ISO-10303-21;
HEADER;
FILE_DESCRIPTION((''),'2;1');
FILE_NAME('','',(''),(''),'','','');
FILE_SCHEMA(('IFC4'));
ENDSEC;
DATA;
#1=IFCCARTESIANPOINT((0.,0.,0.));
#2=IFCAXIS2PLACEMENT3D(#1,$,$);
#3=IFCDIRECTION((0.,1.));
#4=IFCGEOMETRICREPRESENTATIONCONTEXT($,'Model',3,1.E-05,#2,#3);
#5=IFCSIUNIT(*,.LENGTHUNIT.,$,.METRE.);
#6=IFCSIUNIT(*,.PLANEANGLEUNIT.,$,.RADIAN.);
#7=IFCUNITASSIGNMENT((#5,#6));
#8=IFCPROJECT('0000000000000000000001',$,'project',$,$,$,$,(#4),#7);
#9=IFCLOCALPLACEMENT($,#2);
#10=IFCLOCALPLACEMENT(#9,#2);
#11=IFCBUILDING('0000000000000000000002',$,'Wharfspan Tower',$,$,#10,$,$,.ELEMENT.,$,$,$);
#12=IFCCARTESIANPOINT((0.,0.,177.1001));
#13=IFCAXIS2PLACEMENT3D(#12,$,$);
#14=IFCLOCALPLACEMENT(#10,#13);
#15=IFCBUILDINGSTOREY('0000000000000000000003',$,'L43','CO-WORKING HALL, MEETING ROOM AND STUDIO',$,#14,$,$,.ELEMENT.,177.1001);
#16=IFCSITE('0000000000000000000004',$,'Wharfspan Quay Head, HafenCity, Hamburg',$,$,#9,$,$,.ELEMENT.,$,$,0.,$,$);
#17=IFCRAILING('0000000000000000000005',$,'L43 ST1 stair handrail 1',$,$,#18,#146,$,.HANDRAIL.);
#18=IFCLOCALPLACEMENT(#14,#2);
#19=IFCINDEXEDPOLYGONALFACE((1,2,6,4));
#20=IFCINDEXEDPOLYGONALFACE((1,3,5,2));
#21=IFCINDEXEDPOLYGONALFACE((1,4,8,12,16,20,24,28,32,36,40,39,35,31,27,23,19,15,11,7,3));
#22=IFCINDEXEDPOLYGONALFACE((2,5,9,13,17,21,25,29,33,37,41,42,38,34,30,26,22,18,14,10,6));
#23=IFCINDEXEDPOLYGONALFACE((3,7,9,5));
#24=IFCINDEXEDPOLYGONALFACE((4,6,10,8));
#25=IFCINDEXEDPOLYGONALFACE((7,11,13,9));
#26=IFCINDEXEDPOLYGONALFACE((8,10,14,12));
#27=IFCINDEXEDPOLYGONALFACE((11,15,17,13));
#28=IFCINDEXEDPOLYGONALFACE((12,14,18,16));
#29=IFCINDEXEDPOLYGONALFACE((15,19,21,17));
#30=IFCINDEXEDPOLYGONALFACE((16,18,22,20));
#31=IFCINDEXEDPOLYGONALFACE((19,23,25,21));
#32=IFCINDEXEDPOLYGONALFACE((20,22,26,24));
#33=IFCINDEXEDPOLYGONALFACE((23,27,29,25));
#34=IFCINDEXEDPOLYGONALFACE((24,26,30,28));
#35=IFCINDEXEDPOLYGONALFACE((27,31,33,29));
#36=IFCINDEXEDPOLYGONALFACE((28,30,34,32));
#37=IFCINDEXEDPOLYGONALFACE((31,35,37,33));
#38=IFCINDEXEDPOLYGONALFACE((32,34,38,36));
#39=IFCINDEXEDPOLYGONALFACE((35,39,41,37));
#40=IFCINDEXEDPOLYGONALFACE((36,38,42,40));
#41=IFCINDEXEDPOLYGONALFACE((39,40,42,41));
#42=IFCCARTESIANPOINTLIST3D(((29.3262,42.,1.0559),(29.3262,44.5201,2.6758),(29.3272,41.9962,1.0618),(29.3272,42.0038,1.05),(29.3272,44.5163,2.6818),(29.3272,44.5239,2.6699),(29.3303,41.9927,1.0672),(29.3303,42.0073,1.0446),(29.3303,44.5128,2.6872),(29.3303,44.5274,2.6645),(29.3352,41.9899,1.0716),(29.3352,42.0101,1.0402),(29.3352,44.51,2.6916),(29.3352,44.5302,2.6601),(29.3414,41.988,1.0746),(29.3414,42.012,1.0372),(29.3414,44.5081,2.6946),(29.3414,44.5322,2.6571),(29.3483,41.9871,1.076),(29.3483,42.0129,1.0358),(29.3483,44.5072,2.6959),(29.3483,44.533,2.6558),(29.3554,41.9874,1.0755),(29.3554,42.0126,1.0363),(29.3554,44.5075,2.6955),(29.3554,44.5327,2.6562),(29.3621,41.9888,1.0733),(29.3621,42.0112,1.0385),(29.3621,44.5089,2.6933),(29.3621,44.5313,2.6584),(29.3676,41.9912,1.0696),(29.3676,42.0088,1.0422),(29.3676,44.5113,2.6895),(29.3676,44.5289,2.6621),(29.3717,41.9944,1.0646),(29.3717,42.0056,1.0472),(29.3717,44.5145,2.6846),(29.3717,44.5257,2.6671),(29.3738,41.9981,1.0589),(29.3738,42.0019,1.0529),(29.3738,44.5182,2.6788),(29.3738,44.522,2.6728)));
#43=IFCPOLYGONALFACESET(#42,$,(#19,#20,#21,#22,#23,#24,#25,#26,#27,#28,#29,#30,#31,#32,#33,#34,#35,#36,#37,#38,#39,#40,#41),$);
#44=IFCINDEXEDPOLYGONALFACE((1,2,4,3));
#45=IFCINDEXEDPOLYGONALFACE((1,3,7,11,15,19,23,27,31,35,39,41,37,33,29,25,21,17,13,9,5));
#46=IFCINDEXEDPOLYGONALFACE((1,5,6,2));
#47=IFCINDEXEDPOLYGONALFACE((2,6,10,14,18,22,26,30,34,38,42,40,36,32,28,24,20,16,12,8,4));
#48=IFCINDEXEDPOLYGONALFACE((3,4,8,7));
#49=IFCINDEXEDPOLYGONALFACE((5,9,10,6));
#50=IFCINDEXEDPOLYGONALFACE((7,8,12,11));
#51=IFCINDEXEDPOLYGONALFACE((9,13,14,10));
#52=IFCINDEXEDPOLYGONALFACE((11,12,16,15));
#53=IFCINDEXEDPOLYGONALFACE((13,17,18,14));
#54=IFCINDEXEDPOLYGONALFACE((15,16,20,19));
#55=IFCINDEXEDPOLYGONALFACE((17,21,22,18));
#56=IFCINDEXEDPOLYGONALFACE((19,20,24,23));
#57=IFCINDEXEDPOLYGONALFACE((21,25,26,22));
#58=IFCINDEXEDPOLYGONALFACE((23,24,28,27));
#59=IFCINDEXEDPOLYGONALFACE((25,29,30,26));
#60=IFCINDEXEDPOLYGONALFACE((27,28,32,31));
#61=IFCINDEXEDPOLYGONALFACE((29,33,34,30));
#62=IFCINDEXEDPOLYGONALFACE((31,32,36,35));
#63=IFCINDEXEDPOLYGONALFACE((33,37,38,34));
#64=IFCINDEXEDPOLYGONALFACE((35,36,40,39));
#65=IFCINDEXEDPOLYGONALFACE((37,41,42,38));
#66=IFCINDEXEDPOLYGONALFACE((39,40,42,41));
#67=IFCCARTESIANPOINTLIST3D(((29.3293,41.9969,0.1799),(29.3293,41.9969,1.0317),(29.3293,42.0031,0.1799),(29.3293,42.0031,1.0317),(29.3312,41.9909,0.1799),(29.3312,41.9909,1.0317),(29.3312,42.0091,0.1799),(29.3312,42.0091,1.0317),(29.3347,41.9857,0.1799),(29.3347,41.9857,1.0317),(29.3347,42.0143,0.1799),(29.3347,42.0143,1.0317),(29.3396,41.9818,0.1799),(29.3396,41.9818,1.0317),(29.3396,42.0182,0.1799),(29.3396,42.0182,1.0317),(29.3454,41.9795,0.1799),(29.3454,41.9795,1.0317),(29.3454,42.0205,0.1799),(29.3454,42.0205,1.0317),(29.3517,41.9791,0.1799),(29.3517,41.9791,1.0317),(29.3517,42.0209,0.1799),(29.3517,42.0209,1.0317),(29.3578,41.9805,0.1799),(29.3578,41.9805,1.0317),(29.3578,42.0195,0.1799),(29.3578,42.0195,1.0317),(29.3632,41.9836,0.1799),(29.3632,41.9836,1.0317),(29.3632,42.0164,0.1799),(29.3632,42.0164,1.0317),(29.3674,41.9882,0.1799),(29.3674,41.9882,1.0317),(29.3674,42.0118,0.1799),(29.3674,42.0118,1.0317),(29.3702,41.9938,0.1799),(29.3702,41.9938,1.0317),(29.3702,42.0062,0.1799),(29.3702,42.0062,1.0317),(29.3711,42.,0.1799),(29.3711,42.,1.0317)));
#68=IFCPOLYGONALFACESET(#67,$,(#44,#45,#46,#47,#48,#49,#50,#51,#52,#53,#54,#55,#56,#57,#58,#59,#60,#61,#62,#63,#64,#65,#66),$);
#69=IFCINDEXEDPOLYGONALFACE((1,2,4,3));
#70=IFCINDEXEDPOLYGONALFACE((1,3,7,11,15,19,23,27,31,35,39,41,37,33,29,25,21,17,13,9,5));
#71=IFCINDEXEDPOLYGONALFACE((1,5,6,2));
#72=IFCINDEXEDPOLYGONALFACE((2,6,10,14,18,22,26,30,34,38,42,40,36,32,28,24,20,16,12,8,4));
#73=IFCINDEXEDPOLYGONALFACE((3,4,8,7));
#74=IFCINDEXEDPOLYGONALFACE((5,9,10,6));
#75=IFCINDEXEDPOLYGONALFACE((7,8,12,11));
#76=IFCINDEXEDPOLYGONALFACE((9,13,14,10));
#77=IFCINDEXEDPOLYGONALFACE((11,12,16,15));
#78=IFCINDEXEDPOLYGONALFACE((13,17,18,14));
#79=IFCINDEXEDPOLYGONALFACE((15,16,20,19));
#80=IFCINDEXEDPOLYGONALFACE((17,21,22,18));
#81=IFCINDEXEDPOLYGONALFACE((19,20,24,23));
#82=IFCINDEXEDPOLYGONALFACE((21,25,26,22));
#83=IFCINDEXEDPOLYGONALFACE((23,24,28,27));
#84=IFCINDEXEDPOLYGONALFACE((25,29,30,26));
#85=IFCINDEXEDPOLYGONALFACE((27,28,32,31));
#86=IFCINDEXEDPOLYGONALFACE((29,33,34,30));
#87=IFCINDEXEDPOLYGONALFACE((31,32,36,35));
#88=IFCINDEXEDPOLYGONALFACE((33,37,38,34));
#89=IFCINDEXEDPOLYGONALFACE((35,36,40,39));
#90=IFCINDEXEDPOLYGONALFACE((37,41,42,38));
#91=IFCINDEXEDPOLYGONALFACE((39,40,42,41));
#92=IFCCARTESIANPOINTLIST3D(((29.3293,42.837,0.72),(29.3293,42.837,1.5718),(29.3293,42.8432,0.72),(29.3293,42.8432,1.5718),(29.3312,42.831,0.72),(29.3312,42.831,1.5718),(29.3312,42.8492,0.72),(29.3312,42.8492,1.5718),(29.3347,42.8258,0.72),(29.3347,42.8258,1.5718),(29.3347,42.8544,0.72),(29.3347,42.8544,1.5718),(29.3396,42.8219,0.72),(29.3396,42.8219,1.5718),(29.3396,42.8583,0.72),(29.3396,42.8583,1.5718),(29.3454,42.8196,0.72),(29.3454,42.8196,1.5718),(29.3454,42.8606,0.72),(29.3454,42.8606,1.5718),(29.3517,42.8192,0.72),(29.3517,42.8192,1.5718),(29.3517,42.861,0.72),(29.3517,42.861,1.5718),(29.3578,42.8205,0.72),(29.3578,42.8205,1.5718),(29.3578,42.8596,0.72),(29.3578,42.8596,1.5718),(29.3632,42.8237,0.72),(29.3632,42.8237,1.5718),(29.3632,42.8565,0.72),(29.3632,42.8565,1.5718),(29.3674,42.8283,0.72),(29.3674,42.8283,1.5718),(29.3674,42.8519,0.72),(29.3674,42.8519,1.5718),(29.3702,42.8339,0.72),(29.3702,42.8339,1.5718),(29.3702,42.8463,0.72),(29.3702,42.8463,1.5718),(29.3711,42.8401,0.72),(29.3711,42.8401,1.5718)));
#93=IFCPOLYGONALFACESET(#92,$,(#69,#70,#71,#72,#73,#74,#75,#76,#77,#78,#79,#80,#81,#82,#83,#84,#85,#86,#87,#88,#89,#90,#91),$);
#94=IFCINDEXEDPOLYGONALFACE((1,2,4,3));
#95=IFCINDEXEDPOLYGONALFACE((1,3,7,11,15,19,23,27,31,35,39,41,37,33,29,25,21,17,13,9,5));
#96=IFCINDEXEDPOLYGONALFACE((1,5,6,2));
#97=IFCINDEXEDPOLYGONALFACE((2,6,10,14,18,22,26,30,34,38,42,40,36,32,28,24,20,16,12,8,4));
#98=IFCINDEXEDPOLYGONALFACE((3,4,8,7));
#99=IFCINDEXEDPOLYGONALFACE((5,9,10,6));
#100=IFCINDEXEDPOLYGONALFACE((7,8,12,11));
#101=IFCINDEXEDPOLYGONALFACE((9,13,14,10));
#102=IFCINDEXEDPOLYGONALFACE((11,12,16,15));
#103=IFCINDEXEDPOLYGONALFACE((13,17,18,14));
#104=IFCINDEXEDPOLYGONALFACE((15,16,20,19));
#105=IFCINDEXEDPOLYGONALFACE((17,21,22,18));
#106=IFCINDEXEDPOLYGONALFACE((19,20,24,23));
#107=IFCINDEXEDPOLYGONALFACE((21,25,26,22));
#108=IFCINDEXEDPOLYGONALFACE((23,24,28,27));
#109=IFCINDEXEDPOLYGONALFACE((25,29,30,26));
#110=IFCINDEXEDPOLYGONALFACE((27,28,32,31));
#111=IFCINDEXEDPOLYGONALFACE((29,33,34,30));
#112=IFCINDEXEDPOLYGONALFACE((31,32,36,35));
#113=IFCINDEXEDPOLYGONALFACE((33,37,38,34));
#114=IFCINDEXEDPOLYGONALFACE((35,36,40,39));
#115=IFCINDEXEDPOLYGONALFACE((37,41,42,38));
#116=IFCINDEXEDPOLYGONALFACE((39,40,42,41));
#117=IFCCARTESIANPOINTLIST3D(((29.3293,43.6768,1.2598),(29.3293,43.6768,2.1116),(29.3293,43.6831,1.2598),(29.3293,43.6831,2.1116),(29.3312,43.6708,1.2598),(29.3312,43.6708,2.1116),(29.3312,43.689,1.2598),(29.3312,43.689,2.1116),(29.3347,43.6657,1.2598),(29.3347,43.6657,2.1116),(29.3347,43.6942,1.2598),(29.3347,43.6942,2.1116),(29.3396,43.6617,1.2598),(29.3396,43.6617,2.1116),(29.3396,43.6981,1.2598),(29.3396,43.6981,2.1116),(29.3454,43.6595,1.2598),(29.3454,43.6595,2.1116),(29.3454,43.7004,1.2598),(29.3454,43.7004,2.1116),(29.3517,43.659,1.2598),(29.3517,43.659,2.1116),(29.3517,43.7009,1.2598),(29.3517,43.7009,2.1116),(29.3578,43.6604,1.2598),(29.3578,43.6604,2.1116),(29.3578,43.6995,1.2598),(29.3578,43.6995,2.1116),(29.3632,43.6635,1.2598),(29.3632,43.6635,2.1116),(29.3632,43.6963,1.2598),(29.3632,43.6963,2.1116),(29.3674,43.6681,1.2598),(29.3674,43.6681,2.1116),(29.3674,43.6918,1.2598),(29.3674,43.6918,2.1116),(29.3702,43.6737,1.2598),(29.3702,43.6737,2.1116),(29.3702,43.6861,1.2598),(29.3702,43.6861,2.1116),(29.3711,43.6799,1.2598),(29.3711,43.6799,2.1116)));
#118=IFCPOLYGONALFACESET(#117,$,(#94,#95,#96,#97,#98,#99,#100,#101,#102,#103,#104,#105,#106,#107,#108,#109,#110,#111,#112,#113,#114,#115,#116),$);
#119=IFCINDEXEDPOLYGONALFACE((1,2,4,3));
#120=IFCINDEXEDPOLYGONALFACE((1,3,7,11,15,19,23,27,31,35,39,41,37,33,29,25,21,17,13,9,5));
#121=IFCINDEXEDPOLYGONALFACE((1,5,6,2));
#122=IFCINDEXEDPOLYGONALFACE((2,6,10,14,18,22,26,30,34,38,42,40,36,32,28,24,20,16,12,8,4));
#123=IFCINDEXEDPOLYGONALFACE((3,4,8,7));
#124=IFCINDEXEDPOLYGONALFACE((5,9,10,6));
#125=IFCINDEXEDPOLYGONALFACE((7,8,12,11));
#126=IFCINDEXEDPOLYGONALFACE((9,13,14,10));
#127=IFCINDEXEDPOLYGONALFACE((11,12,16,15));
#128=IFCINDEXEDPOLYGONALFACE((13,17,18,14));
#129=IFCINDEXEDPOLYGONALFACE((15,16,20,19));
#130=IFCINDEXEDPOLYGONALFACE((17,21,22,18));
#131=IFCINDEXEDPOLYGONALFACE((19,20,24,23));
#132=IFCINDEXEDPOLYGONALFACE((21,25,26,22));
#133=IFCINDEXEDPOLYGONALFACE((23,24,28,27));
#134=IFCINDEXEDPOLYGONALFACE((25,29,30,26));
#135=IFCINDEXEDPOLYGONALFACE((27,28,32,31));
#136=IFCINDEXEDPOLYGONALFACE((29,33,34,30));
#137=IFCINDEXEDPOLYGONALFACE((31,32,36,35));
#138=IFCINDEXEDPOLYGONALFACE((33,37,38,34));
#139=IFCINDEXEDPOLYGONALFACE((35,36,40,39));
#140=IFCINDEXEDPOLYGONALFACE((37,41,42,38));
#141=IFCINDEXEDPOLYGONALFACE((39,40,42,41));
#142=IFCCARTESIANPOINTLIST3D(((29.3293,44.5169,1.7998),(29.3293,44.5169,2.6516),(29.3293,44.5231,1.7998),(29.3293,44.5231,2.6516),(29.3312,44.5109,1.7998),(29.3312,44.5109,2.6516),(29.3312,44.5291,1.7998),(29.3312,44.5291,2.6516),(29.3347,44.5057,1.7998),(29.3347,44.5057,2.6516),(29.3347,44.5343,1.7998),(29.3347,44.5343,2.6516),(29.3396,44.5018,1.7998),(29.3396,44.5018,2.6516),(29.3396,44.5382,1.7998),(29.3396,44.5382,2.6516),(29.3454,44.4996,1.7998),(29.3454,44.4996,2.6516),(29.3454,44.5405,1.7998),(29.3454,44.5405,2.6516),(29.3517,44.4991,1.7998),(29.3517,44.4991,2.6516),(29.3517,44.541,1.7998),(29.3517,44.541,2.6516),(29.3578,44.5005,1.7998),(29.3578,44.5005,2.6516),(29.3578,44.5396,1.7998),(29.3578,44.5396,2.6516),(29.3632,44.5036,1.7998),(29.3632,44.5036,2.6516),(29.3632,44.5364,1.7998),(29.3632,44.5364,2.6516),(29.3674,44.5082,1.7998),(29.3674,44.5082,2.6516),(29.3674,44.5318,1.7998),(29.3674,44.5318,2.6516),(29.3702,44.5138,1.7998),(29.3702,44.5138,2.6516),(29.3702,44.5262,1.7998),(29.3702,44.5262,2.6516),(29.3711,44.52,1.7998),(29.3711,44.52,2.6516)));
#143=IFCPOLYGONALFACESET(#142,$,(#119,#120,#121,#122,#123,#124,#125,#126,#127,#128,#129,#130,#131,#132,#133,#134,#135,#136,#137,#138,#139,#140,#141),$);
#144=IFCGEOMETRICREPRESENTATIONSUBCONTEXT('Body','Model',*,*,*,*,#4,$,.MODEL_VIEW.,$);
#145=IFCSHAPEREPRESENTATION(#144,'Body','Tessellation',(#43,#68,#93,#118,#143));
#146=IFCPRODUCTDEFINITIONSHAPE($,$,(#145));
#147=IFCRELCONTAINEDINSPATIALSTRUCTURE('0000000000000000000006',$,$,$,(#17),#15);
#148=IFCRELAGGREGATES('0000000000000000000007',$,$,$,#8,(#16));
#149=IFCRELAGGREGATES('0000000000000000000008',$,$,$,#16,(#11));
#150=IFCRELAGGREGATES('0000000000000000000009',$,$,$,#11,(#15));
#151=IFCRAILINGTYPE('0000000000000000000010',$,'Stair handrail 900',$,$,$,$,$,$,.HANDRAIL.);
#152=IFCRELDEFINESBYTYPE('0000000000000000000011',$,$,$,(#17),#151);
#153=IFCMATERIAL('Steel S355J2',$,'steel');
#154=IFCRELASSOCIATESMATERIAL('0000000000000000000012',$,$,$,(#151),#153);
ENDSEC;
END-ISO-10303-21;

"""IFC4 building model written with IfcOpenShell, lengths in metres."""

from ifc_helpers import new_model, si_unit, direction, frame, origin, origin_2d, place, context, subcontext, project, spatial, circle, extrude, material, type_object, element, save


model = new_model("IFC4")

# Units and contexts
model_context = context("Model", 3, precision=1e-05, world=origin(), true_north=direction((0.0, 1.0)))
body_context = subcontext(model_context, "Body", "Model", "MODEL_VIEW")
ifc_project = project(units=[si_unit("LENGTHUNIT", "METRE"), si_unit("PLANEANGLEUNIT", "RADIAN")], contexts=[model_context])

# Site, building, storey
site_placement = place(None, origin())
site = spatial("IfcSite", under=ifc_project, at=site_placement, Name="Wharfspan Quay Head, HafenCity, Hamburg", CompositionType="ELEMENT", RefElevation=0.0)
building_placement = place(site_placement, origin())
building = spatial("IfcBuilding", under=site, at=building_placement, Name="Wharfspan Tower", CompositionType="ELEMENT")
storey_placement = place(building_placement, frame((0.0, 0.0, 177.1001)))
storey = spatial("IfcBuildingStorey", under=building, at=storey_placement, Name="L43", Description="CO-WORKING HALL, MEETING ROOM AND STUDIO", CompositionType="ELEMENT", Elevation=177.1001)

# Shared definitions
ifc_material_1 = material(Name="Steel S355J2", Category="steel")

# Railing
railing_type_1 = type_object("IfcRailingType", Name="Stair handrail 900", PredefinedType="HANDRAIL", material=ifc_material_1)
railing_1_placement = place(storey_placement, frame((29.3501, 42.0, 0.1799)))
element("IfcRailing", 1, at=railing_1_placement, inside=storey, type_object=railing_type_1, Name="L43 ST1 stair handrail 1", PredefinedType="HANDRAIL", context=body_context, shape_type="SweptSolid", body=[
    extrude(circle(Radius=0.0239, at=origin_2d()), frame((0.0, 0.0, 0.876), z_axis=(0.0, 0.8412, 0.540725), x_axis=(-1.0, 0.0, 0.0)), (0.0, 0.0, 1.0), 2.9958),
    extrude(circle(Radius=0.021, at=origin_2d()), origin(), (0.0, 0.0, 1.0), 0.8518),
    extrude(circle(Radius=0.021, at=origin_2d()), frame((0.0, 0.8401, 0.54)), (0.0, 0.0, 1.0), 0.8518),
    extrude(circle(Radius=0.021, at=origin_2d()), frame((0.0, 1.6799, 1.0798)), (0.0, 0.0, 1.0), 0.8518),
    extrude(circle(Radius=0.021, at=origin_2d()), frame((0.0, 2.52, 1.6199)), (0.0, 0.0, 1.0), 0.8518),
])

save(model, "model.ifc")
